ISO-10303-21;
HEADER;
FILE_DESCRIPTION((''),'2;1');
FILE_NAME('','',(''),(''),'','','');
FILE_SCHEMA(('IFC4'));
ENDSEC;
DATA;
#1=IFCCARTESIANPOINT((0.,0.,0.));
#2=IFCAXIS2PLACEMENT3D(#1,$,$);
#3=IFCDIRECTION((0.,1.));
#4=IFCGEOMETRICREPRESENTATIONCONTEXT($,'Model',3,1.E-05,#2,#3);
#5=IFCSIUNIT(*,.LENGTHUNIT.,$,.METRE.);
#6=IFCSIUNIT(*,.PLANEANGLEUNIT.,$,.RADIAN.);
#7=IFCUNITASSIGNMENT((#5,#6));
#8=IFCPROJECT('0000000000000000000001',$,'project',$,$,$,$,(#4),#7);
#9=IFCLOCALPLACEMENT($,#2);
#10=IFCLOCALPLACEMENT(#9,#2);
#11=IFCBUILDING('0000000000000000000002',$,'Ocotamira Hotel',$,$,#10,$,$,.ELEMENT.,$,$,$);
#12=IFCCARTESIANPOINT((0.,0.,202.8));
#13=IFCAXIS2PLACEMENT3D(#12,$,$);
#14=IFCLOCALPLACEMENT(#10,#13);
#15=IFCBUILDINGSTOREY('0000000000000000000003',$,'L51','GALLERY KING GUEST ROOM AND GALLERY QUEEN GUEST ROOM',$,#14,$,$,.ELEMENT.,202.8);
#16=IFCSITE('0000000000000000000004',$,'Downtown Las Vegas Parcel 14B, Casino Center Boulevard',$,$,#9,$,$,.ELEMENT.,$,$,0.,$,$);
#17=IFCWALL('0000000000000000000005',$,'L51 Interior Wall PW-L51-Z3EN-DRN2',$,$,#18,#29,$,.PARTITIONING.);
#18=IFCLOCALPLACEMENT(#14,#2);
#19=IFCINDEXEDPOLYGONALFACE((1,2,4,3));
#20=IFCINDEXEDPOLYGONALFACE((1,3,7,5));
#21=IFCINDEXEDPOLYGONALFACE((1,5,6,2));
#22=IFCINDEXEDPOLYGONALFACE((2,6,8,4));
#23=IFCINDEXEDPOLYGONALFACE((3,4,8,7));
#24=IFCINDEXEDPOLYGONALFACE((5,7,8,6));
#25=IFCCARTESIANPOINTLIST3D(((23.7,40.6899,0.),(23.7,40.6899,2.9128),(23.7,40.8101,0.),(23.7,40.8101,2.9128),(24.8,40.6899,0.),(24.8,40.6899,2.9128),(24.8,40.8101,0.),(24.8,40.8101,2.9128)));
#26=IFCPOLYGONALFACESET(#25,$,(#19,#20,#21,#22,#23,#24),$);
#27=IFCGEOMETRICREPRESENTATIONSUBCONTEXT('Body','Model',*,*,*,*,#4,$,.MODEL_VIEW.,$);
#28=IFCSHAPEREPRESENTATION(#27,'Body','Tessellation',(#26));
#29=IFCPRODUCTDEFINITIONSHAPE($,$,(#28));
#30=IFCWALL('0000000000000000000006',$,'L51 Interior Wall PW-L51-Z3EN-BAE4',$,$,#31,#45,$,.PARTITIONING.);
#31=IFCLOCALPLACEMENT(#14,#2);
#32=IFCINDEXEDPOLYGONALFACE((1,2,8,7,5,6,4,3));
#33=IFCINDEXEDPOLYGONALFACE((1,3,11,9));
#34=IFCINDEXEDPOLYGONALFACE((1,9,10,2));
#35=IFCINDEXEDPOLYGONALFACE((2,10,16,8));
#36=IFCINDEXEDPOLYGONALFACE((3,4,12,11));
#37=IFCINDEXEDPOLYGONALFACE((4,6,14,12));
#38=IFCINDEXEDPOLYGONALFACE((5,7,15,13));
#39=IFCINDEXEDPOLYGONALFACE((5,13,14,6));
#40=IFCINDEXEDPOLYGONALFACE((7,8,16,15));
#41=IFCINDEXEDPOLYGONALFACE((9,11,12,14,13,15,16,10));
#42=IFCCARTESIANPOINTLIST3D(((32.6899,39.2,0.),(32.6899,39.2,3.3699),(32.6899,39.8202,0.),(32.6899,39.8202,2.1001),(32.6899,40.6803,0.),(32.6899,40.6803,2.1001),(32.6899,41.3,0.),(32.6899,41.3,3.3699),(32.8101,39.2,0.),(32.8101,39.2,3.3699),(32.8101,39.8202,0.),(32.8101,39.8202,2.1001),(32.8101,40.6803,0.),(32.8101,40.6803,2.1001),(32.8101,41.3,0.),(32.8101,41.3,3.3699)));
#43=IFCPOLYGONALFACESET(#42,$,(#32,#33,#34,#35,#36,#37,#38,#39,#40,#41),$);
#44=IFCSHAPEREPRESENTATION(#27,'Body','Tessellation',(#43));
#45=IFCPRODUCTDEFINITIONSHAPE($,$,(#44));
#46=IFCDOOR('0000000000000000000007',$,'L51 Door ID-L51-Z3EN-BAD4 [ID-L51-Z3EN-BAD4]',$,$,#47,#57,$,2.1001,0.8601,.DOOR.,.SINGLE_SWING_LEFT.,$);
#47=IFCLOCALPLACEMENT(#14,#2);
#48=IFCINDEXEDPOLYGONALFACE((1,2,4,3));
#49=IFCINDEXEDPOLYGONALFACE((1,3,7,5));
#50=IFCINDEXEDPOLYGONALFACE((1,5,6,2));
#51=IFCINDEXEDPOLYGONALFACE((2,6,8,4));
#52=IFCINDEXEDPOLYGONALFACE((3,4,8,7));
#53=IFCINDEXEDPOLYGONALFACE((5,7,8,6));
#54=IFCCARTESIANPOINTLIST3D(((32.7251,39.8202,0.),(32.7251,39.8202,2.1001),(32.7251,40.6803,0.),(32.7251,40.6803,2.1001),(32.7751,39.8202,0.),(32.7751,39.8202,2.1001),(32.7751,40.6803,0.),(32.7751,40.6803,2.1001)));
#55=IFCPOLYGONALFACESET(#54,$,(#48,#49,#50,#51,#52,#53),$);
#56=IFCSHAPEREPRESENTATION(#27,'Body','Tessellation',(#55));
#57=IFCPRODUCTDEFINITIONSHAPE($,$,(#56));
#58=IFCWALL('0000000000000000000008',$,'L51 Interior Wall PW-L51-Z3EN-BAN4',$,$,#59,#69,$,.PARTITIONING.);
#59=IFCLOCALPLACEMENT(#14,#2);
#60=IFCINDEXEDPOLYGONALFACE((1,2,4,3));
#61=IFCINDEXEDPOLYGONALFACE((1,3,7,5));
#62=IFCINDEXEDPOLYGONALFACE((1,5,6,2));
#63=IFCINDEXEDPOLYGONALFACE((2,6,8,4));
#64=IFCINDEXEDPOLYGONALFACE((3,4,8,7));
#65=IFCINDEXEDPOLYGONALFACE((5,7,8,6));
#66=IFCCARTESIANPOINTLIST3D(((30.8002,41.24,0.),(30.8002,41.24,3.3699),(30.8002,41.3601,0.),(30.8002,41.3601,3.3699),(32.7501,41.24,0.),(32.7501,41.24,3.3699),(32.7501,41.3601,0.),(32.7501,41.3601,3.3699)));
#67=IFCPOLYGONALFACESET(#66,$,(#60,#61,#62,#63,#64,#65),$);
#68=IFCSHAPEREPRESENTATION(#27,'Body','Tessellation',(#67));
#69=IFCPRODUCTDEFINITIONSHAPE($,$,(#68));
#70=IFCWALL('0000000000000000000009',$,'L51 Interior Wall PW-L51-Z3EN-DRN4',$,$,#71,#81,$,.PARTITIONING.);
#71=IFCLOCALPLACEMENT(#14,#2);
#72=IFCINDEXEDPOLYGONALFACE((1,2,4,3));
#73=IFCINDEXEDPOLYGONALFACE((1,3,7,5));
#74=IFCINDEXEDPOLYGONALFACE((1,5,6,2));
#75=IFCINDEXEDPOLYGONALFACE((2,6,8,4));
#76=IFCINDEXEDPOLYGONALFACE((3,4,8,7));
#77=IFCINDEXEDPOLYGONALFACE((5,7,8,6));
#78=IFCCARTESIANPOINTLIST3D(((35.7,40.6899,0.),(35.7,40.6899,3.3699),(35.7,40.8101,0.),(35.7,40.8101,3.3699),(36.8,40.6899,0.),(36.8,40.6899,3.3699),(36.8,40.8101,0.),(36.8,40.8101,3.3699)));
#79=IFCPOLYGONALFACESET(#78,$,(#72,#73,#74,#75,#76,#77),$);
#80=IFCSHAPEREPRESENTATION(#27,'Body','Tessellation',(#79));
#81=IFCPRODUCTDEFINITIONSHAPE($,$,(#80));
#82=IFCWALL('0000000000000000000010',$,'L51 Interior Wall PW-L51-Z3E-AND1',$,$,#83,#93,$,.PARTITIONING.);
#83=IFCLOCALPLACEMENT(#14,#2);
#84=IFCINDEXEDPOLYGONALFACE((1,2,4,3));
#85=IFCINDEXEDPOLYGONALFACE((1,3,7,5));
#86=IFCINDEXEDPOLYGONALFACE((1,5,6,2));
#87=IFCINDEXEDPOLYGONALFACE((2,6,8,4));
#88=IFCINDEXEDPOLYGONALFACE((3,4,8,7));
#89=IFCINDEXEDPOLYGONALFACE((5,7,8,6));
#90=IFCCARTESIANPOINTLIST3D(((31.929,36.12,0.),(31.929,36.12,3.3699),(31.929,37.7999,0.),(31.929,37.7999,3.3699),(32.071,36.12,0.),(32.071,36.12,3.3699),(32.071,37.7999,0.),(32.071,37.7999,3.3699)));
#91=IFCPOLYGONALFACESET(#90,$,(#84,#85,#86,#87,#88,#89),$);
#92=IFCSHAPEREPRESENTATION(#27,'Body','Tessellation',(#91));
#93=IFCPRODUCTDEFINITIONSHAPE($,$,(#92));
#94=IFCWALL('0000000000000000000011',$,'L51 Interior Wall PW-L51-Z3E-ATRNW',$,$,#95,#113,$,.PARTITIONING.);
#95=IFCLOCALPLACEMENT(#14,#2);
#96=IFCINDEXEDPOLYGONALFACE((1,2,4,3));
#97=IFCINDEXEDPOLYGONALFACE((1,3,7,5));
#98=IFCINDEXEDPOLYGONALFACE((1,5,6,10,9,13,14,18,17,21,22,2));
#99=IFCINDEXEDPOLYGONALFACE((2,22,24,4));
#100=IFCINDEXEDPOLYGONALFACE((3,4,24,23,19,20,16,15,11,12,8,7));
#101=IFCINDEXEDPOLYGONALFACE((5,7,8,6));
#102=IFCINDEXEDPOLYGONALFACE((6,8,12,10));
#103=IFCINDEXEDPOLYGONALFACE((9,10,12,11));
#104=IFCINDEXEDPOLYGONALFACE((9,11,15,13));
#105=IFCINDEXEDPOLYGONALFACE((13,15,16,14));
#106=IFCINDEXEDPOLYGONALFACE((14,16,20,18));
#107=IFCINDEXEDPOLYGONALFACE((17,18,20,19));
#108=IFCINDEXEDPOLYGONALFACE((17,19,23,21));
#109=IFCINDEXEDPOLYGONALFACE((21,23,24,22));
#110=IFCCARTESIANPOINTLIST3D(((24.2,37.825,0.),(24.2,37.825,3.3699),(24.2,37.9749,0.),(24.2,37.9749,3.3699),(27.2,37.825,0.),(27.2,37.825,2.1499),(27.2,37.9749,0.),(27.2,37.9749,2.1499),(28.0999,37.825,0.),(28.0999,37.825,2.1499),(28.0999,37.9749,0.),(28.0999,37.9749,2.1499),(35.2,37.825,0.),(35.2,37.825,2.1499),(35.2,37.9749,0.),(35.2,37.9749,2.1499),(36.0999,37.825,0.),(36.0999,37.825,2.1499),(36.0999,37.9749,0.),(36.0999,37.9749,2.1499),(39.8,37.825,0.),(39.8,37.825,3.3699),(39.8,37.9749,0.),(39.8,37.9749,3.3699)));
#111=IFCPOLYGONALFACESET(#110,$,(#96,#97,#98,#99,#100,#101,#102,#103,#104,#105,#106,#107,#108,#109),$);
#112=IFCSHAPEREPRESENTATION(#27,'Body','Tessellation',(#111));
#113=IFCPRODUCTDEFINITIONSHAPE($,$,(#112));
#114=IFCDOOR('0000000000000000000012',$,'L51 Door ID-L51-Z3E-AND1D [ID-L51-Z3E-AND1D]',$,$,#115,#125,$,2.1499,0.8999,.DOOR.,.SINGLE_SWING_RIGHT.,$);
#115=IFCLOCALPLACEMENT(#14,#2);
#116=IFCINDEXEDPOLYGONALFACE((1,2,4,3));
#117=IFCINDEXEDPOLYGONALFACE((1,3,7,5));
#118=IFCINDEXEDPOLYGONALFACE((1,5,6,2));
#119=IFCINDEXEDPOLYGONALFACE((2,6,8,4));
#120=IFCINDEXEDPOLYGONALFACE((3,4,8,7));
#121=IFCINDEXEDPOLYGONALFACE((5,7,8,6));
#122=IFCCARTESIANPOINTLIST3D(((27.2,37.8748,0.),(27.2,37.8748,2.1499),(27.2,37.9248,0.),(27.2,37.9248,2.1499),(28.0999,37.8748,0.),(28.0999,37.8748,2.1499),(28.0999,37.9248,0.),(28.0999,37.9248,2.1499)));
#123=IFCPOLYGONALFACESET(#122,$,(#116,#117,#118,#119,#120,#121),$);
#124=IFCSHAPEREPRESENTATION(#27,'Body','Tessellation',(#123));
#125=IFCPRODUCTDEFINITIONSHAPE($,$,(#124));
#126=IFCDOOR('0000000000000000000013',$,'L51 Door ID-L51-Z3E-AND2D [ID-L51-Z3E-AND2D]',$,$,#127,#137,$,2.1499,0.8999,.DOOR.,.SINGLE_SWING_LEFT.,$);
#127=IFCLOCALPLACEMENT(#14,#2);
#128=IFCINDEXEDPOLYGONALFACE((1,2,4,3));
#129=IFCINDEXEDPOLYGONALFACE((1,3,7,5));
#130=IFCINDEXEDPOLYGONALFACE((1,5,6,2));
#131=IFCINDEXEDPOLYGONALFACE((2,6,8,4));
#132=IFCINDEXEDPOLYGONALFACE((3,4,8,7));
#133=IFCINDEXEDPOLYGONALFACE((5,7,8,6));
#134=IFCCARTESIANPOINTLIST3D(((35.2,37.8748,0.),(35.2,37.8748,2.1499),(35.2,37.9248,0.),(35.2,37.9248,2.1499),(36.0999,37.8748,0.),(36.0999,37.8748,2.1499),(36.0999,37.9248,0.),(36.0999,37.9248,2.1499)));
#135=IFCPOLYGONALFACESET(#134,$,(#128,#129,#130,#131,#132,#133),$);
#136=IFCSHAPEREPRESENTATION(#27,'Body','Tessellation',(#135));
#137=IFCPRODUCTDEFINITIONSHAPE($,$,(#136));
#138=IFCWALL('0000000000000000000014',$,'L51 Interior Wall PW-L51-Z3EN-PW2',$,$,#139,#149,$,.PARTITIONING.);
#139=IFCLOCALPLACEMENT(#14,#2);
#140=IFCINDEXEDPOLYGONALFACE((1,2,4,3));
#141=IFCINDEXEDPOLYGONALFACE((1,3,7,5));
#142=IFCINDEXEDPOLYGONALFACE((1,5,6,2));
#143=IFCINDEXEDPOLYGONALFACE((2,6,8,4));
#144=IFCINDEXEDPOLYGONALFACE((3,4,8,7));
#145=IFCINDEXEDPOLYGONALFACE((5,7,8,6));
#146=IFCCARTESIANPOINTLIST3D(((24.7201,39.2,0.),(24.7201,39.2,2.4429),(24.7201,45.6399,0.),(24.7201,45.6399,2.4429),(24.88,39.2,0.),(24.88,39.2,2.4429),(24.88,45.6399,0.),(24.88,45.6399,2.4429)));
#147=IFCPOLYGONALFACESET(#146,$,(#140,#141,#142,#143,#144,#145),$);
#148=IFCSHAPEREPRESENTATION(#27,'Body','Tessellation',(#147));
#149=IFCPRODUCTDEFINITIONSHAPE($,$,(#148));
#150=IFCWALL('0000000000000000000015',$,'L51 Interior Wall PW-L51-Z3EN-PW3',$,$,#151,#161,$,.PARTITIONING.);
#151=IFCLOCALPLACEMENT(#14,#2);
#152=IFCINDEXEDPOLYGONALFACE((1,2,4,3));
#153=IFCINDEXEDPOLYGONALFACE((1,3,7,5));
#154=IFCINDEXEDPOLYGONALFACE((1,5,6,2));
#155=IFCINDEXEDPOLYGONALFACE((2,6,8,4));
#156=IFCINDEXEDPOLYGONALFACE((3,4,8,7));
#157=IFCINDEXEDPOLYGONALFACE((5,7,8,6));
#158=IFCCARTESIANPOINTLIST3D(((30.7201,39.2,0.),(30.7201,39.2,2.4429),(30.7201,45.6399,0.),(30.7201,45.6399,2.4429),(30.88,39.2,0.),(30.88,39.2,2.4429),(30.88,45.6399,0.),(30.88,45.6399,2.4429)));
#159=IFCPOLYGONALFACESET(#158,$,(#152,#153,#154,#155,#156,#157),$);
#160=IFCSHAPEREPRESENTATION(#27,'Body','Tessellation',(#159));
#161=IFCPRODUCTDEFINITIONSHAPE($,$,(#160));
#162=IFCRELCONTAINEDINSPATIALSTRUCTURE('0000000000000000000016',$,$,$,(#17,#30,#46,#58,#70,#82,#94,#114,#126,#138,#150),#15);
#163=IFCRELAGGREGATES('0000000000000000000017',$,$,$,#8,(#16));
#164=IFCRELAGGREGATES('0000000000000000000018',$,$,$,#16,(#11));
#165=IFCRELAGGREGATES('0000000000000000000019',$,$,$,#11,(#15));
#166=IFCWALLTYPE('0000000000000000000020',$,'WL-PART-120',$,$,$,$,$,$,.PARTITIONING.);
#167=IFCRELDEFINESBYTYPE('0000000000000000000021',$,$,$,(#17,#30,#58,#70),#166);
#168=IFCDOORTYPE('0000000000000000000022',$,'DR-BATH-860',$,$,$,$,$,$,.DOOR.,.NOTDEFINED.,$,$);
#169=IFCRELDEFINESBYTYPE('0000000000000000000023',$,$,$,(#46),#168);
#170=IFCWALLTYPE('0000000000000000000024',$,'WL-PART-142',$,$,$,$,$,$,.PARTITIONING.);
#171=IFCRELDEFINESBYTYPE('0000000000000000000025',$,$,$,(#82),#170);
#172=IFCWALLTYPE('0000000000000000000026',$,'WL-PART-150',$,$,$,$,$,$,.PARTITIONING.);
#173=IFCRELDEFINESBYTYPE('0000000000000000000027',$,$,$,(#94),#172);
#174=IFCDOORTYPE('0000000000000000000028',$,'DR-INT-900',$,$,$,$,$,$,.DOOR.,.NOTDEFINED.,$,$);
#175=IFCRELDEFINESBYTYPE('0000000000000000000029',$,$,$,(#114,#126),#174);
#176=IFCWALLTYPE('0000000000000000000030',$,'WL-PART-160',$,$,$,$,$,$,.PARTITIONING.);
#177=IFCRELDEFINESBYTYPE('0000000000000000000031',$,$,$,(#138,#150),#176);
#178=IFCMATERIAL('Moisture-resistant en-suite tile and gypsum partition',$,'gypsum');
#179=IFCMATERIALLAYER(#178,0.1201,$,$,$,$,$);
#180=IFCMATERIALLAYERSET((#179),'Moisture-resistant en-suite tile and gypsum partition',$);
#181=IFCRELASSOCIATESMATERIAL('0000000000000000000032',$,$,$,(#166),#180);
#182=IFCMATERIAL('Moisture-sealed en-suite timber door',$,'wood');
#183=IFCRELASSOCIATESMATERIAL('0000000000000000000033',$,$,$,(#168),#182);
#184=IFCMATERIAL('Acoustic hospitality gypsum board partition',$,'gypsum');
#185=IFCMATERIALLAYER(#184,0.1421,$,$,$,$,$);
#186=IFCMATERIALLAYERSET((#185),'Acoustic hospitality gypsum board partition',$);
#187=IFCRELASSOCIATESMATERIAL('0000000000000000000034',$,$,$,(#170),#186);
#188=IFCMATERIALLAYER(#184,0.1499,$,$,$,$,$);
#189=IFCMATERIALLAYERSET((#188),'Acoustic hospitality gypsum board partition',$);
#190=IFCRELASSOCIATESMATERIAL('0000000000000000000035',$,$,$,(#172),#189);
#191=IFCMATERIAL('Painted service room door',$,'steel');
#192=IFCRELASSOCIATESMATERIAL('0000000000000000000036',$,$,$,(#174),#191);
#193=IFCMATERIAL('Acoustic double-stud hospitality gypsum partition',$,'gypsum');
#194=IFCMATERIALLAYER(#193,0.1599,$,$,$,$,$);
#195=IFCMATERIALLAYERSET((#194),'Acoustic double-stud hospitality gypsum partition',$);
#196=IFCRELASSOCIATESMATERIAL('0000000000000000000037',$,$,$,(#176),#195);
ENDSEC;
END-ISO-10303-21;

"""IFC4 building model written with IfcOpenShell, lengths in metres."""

from ifc_helpers import new_model, si_unit, direction, frame, frame_2d, origin, place, context, subcontext, project, spatial, rectangle, extrude, source, transform, mapped, material, layer, layer_set, type_object, element, fill, save


model = new_model("IFC4")

# Units and contexts
model_context = context("Model", 3, precision=1e-05, world=origin(), true_north=direction((0.0, 1.0)))
body_context = subcontext(model_context, "Body", "Model", "MODEL_VIEW")
ifc_project = project(units=[si_unit("LENGTHUNIT", "METRE"), si_unit("PLANEANGLEUNIT", "RADIAN")], contexts=[model_context])

# Site, building, storey
site_placement = place(None, origin())
site = spatial("IfcSite", under=ifc_project, at=site_placement, Name="Downtown Las Vegas Parcel 14B, Casino Center Boulevard", CompositionType="ELEMENT", RefElevation=0.0)
building_placement = place(site_placement, origin())
building = spatial("IfcBuilding", under=site, at=building_placement, Name="Ocotamira Hotel", CompositionType="ELEMENT")
storey_placement = place(building_placement, frame((0.0, 0.0, 202.8)))
storey = spatial("IfcBuildingStorey", under=building, at=storey_placement, Name="L51", Description="GALLERY KING GUEST ROOM AND GALLERY QUEEN GUEST ROOM", CompositionType="ELEMENT", Elevation=202.8)

# Wall
ifc_material_1 = material(Name="Moisture-resistant en-suite tile and gypsum partition", Category="gypsum")
ifc_layer_1 = layer(ifc_material_1, 0.1201)
ifc_layer_set_1 = layer_set([ifc_layer_1], Name="Moisture-resistant en-suite tile and gypsum partition")
wall_type_1 = type_object("IfcWallType", Name="WL-PART-120", PredefinedType="PARTITIONING", material=ifc_layer_set_1)
wall_1_placement = place(storey_placement, frame((23.7, 40.75, 0.0), z_axis=(0.0, 0.0, 1.0), x_axis=(1.0, 0.0, 0.0)))
element("IfcWall", 1, at=wall_1_placement, inside=storey, type_object=wall_type_1, Name="L51 Interior Wall PW-L51-Z3EN-DRN2", PredefinedType="PARTITIONING", context=body_context, shape_type="SweptSolid", body=[
    extrude(rectangle(XDim=1.1001, YDim=0.1201, at=frame_2d((0.55, 0.0))), origin(), (0.0, 0.0, 1.0), 2.9128),
])

# Wall, opening, door
wall_2_placement = place(storey_placement, frame((32.75, 39.2, 0.0), z_axis=(0.0, 0.0, 1.0), x_axis=(0.0, 1.0, 0.0)))
wall_2 = element("IfcWall", 2, at=wall_2_placement, inside=storey, type_object=wall_type_1, Name="L51 Interior Wall PW-L51-Z3EN-BAE4", PredefinedType="PARTITIONING", context=body_context, shape_type="SweptSolid", body=[
    extrude(rectangle(XDim=2.1001, YDim=0.1201, at=frame_2d((1.05, 0.0))), origin(), (0.0, 0.0, 1.0), 3.3699),
])
opening_1_placement = place(wall_2_placement, frame((0.6201, 0.0, 0.0)))
opening_1 = element("IfcOpeningElement", 3, at=opening_1_placement, cuts=wall_2, PredefinedType="OPENING", context=body_context, shape_type="SweptSolid", body=[
    extrude(rectangle(XDim=0.8601, YDim=2.1001, at=frame_2d((0.4302, 1.05))), frame((0.0, 0.0701, 0.0), z_axis=(0.0, -1.0, 0.0), x_axis=(1.0, 0.0, 0.0)), (0.0, 0.0, 1.0), 0.1401),
])
ifc_material_2 = material(Name="Moisture-sealed en-suite timber door", Category="wood")
door_type_1 = type_object("IfcDoorType", Name="DR-BATH-860", OperationType="NOTDEFINED", PredefinedType="DOOR", material=ifc_material_2)
shared_shape_1 = source(origin(), body_context, "Body", "SweptSolid", [
    extrude(rectangle(XDim=0.8601, YDim=2.1001, at=frame_2d((0.4302, 1.05))), frame((0.0, 0.0249, 0.0), z_axis=(0.0, -1.0, 0.0), x_axis=(1.0, 0.0, 0.0)), (0.0, 0.0, 1.0), 0.05),
])
door_1_placement = place(opening_1_placement, origin())
door_1 = element("IfcDoor", 4, at=door_1_placement, inside=storey, type_object=door_type_1, Name="L51 Door ID-L51-Z3EN-BAD4 [ID-L51-Z3EN-BAD4]", OperationType="SINGLE_SWING_LEFT", OverallHeight=2.1001, OverallWidth=0.8601, PredefinedType="DOOR", context=body_context, shape_type="MappedRepresentation", body=[
    mapped(shared_shape_1, transform((0.0, 0.0, 0.0), scale=1.0)),
])
fill(opening_1, door_1)

# Walls
wall_3_placement = place(storey_placement, frame((30.8, 41.3, 0.0), z_axis=(0.0, 0.0, 1.0), x_axis=(1.0, 0.0, 0.0)))
element("IfcWall", 5, at=wall_3_placement, inside=storey, type_object=wall_type_1, Name="L51 Interior Wall PW-L51-Z3EN-BAN4", PredefinedType="PARTITIONING", context=body_context, shape_type="SweptSolid", body=[
    extrude(rectangle(XDim=1.95, YDim=0.1201, at=frame_2d((0.9751, 0.0))), origin(), (0.0, 0.0, 1.0), 3.3699),
])
wall_4_placement = place(storey_placement, frame((35.7, 40.75, 0.0), z_axis=(0.0, 0.0, 1.0), x_axis=(1.0, 0.0, 0.0)))
element("IfcWall", 6, at=wall_4_placement, inside=storey, type_object=wall_type_1, Name="L51 Interior Wall PW-L51-Z3EN-DRN4", PredefinedType="PARTITIONING", context=body_context, shape_type="SweptSolid", body=[
    extrude(rectangle(XDim=1.1001, YDim=0.1201, at=frame_2d((0.55, 0.0))), origin(), (0.0, 0.0, 1.0), 3.3699),
])
ifc_material_3 = material(Name="Acoustic hospitality gypsum board partition", Category="gypsum")
ifc_layer_2 = layer(ifc_material_3, 0.1421)
ifc_layer_set_2 = layer_set([ifc_layer_2], Name="Acoustic hospitality gypsum board partition")
wall_type_2 = type_object("IfcWallType", Name="WL-PART-142", PredefinedType="PARTITIONING", material=ifc_layer_set_2)
wall_5_placement = place(storey_placement, frame((32.0, 36.1201, 0.0), z_axis=(0.0, 0.0, 1.0), x_axis=(0.0, 1.0, 0.0)))
element("IfcWall", 7, at=wall_5_placement, inside=storey, type_object=wall_type_2, Name="L51 Interior Wall PW-L51-Z3E-AND1", PredefinedType="PARTITIONING", context=body_context, shape_type="SweptSolid", body=[
    extrude(rectangle(XDim=1.6799, YDim=0.1421, at=frame_2d((0.8398, 0.0))), origin(), (0.0, 0.0, 1.0), 3.3699),
])

# Wall, openings, doors
ifc_layer_3 = layer(ifc_material_3, 0.1499)
ifc_layer_set_3 = layer_set([ifc_layer_3], Name="Acoustic hospitality gypsum board partition")
wall_type_3 = type_object("IfcWallType", Name="WL-PART-150", PredefinedType="PARTITIONING", material=ifc_layer_set_3)
wall_6_placement = place(storey_placement, frame((24.2, 37.8999, 0.0), z_axis=(0.0, 0.0, 1.0), x_axis=(1.0, 0.0, 0.0)))
wall_6 = element("IfcWall", 8, at=wall_6_placement, inside=storey, type_object=wall_type_3, Name="L51 Interior Wall PW-L51-Z3E-ATRNW", PredefinedType="PARTITIONING", context=body_context, shape_type="SweptSolid", body=[
    extrude(rectangle(XDim=15.6001, YDim=0.1499, at=frame_2d((7.8, 0.0))), origin(), (0.0, 0.0, 1.0), 3.3699),
])
opening_2_placement = place(wall_6_placement, frame((3.0, 0.0, 0.0)))
opening_2 = element("IfcOpeningElement", 9, at=opening_2_placement, cuts=wall_6, PredefinedType="OPENING", context=body_context, shape_type="SweptSolid", body=[
    extrude(rectangle(XDim=0.8999, YDim=2.1499, at=frame_2d((0.45, 1.075))), frame((0.0, 0.085, 0.0), z_axis=(0.0, -1.0, 0.0), x_axis=(1.0, 0.0, 0.0)), (0.0, 0.0, 1.0), 0.1699),
])
opening_3_placement = place(wall_6_placement, frame((11.0, 0.0, 0.0)))
opening_3 = element("IfcOpeningElement", 10, at=opening_3_placement, cuts=wall_6, PredefinedType="OPENING", context=body_context, shape_type="SweptSolid", body=[
    extrude(rectangle(XDim=0.8999, YDim=2.1499, at=frame_2d((0.45, 1.075))), frame((0.0, 0.085, 0.0), z_axis=(0.0, -1.0, 0.0), x_axis=(1.0, 0.0, 0.0)), (0.0, 0.0, 1.0), 0.1699),
])
ifc_material_4 = material(Name="Painted service room door", Category="steel")
door_type_2 = type_object("IfcDoorType", Name="DR-INT-900", OperationType="NOTDEFINED", PredefinedType="DOOR", material=ifc_material_4)
shared_shape_2 = source(origin(), body_context, "Body", "SweptSolid", [
    extrude(rectangle(XDim=0.8999, YDim=2.1499, at=frame_2d((0.45, 1.075))), frame((0.0, 0.0249, 0.0), z_axis=(0.0, -1.0, 0.0), x_axis=(1.0, 0.0, 0.0)), (0.0, 0.0, 1.0), 0.05),
])
door_2_placement = place(opening_2_placement, origin())
door_2 = element("IfcDoor", 11, at=door_2_placement, inside=storey, type_object=door_type_2, Name="L51 Door ID-L51-Z3E-AND1D [ID-L51-Z3E-AND1D]", OperationType="SINGLE_SWING_RIGHT", OverallHeight=2.1499, OverallWidth=0.8999, PredefinedType="DOOR", context=body_context, shape_type="MappedRepresentation", body=[
    mapped(shared_shape_2, transform((0.0, 0.0, 0.0), scale=1.0)),
])
fill(opening_2, door_2)
door_3_placement = place(opening_3_placement, origin())
door_3 = element("IfcDoor", 12, at=door_3_placement, inside=storey, type_object=door_type_2, Name="L51 Door ID-L51-Z3E-AND2D [ID-L51-Z3E-AND2D]", OperationType="SINGLE_SWING_LEFT", OverallHeight=2.1499, OverallWidth=0.8999, PredefinedType="DOOR", context=body_context, shape_type="MappedRepresentation", body=[
    mapped(shared_shape_2, transform((0.0, 0.0, 0.0), scale=1.0)),
])
fill(opening_3, door_3)

# Walls
ifc_material_5 = material(Name="Acoustic double-stud hospitality gypsum partition", Category="gypsum")
ifc_layer_4 = layer(ifc_material_5, 0.1599)
ifc_layer_set_4 = layer_set([ifc_layer_4], Name="Acoustic double-stud hospitality gypsum partition")
wall_type_4 = type_object("IfcWallType", Name="WL-PART-160", PredefinedType="PARTITIONING", material=ifc_layer_set_4)
for number, where, z_axis, x_axis, name in (
    (13, (24.8, 39.2, 0.0), (0.0, 0.0, 1.0), (0.0, 1.0, 0.0), "L51 Interior Wall PW-L51-Z3EN-PW2"),
    (14, (30.8, 39.2, 0.0), (0.0, 0.0, 1.0), (0.0, 1.0, 0.0), "L51 Interior Wall PW-L51-Z3EN-PW3"),
):
    element("IfcWall", number, at=place(storey_placement, frame(where, z_axis=z_axis, x_axis=x_axis)), inside=storey, type_object=wall_type_4, Name=name, PredefinedType="PARTITIONING", context=body_context, shape_type="SweptSolid", body=[
        extrude(rectangle(XDim=6.4399, YDim=0.1599, at=frame_2d((3.22, 0.0))), origin(), (0.0, 0.0, 1.0), 2.4429),
    ])

save(model, "model.ifc")
